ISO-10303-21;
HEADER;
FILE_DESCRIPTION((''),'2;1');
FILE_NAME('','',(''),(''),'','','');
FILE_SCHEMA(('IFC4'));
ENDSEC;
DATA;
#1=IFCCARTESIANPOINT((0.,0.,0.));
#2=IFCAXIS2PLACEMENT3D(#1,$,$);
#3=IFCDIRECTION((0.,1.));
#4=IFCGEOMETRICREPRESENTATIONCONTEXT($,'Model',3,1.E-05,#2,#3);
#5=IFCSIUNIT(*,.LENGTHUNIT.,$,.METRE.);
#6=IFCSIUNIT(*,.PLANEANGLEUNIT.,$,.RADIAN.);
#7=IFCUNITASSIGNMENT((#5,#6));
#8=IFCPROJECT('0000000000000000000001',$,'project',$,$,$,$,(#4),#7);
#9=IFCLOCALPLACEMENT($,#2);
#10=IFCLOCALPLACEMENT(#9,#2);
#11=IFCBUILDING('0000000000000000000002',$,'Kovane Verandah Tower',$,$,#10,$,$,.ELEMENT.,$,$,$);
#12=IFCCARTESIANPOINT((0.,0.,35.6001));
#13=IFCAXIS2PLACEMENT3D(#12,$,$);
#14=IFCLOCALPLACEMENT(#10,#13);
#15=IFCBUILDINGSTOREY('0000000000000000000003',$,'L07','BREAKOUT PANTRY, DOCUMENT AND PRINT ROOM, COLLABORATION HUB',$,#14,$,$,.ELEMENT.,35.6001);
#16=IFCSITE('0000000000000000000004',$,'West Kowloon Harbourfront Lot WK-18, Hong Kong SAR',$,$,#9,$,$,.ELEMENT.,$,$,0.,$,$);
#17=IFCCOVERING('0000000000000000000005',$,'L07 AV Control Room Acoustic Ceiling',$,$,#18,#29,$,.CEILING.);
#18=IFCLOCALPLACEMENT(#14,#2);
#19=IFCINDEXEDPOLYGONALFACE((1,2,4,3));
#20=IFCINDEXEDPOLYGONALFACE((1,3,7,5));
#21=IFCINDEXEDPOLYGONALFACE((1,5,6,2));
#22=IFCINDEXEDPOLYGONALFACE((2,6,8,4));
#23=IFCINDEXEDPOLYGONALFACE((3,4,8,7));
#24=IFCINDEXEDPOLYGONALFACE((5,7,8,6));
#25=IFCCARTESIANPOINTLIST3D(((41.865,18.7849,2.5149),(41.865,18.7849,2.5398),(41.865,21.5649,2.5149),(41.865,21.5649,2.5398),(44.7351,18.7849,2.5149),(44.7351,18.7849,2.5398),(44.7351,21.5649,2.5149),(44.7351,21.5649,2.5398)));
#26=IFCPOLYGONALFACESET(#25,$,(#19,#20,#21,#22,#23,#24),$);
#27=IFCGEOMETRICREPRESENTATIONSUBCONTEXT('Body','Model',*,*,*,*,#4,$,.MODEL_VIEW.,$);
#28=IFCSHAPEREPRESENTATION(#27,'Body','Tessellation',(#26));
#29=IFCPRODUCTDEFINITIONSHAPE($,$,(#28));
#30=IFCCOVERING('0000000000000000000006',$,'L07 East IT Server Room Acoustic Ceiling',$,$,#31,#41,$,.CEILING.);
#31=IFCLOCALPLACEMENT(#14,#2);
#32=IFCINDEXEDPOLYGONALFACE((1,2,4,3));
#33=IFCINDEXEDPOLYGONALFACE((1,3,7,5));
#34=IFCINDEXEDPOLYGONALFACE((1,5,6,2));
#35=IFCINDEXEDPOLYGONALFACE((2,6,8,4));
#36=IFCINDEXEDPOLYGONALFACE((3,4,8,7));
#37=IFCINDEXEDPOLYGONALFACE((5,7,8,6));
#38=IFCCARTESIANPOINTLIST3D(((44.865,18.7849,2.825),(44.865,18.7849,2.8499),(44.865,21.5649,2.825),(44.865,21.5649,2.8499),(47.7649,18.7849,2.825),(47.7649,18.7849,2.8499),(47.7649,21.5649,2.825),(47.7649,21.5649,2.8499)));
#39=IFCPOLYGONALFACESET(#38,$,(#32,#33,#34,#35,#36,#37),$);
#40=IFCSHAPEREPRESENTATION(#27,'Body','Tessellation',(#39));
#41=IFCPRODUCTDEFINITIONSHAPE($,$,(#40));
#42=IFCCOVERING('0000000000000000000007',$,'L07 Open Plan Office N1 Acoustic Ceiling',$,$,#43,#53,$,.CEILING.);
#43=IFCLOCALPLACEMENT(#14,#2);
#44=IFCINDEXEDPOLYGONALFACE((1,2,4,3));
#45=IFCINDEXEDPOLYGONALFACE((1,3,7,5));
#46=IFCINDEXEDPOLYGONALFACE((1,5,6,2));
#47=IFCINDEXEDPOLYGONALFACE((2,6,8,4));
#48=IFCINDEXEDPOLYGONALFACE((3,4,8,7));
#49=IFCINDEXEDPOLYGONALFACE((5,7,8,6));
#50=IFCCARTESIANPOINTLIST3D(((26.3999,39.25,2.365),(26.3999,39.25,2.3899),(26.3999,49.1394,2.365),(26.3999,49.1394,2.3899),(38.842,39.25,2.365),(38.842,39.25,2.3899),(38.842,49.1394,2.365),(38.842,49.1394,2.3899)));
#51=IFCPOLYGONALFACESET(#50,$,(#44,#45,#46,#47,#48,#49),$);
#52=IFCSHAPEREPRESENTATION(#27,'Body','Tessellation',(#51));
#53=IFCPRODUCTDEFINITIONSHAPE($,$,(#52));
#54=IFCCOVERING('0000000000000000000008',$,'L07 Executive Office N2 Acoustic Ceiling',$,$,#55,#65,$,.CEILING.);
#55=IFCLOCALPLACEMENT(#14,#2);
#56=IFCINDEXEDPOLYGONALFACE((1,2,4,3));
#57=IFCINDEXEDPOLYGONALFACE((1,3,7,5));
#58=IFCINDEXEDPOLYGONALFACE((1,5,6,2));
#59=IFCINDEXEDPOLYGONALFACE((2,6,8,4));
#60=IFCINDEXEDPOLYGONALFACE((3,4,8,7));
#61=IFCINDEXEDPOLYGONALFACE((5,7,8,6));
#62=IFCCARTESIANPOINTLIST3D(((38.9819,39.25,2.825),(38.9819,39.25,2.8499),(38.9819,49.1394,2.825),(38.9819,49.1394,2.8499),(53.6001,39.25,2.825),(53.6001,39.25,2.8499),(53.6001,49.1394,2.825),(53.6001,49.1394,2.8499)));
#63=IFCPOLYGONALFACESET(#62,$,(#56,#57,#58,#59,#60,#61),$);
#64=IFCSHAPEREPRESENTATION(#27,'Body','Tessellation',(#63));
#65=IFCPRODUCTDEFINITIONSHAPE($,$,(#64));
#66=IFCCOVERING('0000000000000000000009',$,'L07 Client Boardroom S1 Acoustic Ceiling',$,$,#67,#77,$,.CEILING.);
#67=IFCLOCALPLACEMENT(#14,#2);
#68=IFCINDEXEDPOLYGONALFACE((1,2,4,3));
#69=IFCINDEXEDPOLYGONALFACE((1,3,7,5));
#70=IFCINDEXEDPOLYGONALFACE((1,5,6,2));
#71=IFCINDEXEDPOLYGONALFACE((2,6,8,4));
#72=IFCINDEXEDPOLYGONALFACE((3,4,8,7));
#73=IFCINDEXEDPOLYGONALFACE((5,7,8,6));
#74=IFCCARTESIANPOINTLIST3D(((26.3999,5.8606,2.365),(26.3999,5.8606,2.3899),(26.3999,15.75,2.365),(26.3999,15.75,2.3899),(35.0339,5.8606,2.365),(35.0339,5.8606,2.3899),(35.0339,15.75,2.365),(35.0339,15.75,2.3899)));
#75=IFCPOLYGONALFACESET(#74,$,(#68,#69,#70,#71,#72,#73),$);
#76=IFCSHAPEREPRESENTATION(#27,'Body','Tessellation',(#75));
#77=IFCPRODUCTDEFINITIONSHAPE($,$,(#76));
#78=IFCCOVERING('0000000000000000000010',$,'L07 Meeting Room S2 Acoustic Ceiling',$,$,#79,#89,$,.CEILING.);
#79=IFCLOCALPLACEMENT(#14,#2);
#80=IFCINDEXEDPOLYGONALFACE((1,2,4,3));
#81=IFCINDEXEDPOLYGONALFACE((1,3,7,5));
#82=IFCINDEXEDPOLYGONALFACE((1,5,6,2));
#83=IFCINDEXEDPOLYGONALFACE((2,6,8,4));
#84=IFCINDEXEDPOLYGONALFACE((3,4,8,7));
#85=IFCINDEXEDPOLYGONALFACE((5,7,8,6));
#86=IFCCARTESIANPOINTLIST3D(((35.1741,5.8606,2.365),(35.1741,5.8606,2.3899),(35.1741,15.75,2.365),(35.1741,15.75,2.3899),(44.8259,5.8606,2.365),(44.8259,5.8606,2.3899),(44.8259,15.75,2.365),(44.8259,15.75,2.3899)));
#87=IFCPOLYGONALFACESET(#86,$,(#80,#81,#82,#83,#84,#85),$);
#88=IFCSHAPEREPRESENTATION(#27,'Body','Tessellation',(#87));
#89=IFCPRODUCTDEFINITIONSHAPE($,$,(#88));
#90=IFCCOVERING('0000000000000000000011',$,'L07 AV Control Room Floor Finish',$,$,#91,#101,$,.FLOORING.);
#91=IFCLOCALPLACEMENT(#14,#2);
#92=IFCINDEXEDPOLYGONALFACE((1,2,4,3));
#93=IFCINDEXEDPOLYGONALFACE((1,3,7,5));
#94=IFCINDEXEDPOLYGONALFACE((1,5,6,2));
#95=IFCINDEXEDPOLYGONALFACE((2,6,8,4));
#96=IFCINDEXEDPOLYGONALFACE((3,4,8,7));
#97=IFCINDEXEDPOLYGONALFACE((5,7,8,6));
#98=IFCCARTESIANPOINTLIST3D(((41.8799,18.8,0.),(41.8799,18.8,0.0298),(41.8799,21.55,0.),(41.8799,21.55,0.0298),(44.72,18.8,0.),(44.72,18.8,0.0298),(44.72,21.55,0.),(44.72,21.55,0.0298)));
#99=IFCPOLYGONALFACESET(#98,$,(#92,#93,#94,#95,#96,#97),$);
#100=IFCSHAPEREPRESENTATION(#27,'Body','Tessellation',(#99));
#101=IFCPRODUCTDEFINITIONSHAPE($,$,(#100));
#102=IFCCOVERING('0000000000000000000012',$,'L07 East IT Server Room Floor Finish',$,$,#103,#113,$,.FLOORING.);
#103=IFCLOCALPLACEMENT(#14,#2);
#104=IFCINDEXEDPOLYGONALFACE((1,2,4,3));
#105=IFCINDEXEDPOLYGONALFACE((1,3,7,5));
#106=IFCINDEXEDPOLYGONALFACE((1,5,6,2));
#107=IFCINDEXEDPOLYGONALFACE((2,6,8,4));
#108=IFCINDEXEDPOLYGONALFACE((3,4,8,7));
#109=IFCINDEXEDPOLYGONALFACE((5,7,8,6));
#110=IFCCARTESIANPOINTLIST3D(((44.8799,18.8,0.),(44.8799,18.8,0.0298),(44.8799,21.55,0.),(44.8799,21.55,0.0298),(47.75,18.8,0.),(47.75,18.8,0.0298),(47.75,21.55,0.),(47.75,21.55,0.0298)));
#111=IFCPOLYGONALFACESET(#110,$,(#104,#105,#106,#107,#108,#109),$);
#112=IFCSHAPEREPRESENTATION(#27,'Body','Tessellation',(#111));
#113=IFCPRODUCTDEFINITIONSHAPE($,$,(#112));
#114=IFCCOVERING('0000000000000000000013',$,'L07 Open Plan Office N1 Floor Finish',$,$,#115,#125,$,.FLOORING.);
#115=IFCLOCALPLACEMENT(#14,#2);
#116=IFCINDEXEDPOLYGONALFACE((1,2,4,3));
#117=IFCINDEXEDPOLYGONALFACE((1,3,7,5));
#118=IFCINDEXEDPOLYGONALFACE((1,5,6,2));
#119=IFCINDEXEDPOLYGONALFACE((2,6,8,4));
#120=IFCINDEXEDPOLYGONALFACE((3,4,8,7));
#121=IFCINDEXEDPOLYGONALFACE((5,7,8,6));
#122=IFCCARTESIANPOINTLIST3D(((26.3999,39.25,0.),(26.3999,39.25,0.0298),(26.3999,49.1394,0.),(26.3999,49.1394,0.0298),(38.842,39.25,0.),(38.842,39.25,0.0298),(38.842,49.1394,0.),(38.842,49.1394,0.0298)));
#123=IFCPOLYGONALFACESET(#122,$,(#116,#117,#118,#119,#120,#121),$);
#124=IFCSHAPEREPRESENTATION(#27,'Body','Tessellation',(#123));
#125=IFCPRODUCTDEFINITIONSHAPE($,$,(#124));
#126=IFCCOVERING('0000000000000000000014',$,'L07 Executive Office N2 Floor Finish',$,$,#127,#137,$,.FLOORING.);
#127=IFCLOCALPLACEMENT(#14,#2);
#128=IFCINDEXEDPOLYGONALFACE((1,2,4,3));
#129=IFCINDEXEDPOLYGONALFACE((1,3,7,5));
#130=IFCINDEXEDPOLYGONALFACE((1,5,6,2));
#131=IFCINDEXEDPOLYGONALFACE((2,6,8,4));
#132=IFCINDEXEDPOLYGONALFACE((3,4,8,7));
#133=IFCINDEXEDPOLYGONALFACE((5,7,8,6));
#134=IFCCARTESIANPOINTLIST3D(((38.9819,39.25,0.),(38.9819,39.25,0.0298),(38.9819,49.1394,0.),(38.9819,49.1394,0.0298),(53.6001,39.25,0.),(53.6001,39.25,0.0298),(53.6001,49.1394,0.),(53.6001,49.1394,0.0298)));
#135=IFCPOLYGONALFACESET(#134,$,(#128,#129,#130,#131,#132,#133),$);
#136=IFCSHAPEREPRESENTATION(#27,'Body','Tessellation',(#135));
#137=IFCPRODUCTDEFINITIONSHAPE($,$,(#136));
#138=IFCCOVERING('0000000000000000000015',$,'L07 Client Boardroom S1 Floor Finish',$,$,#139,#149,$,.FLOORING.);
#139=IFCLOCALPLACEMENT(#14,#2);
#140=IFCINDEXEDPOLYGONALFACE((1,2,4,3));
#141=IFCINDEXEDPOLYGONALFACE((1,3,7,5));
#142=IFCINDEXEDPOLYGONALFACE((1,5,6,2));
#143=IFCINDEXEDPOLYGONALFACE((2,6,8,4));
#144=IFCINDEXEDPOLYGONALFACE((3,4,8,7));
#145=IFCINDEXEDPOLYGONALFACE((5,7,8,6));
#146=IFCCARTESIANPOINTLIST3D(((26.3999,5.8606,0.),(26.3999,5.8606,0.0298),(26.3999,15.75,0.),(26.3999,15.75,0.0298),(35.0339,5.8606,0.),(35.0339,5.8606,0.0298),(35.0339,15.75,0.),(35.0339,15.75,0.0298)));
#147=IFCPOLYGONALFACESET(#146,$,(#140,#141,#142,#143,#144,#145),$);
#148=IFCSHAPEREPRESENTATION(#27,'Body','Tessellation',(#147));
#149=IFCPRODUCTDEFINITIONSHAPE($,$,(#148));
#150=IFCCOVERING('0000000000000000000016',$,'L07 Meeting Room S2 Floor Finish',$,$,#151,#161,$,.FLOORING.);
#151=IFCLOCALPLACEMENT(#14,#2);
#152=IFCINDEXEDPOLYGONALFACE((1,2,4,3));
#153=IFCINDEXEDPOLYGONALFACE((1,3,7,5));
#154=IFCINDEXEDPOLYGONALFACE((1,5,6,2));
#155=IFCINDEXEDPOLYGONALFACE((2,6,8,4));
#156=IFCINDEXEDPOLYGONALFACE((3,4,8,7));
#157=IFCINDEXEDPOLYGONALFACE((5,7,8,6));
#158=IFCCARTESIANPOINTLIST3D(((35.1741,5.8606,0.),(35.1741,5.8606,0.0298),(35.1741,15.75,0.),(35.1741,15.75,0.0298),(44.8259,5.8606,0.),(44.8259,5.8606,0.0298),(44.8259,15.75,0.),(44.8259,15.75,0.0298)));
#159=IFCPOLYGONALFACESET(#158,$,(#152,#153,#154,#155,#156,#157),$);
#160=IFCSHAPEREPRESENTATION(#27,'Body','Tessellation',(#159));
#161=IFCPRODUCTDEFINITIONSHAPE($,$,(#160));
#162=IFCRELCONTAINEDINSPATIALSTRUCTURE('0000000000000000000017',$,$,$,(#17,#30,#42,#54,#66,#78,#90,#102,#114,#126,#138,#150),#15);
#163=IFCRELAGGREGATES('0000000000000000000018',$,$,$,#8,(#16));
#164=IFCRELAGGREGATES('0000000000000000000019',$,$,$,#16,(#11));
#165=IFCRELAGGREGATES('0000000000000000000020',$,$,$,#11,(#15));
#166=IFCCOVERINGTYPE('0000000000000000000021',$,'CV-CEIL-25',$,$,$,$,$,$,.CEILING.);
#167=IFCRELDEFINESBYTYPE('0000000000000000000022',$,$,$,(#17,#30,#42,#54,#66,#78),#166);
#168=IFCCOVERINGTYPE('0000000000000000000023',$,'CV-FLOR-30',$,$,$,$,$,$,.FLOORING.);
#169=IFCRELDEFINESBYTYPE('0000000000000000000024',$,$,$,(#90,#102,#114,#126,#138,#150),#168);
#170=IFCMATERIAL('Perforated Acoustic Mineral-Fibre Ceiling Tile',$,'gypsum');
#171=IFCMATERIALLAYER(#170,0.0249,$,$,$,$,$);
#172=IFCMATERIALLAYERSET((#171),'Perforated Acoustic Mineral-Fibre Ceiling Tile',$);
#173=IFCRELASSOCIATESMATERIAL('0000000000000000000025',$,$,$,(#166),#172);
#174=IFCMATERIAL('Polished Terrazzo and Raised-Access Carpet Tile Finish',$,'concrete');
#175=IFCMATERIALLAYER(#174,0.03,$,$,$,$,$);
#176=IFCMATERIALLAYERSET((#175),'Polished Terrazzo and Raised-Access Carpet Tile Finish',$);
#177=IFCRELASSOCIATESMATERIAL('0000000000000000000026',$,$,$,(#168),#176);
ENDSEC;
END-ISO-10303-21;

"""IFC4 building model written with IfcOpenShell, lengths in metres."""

from ifc_helpers import new_model, si_unit, direction, frame, origin, place, context, subcontext, project, spatial, polyline, outline, extrude, material, layer, layer_set, type_object, element, save


model = new_model("IFC4")

# Units and contexts
model_context = context("Model", 3, precision=1e-05, world=origin(), true_north=direction((0.0, 1.0)))
body_context = subcontext(model_context, "Body", "Model", "MODEL_VIEW")
ifc_project = project(units=[si_unit("LENGTHUNIT", "METRE"), si_unit("PLANEANGLEUNIT", "RADIAN")], contexts=[model_context])

# Site, building, storey
site_placement = place(None, origin())
site = spatial("IfcSite", under=ifc_project, at=site_placement, Name="West Kowloon Harbourfront Lot WK-18, Hong Kong SAR", CompositionType="ELEMENT", RefElevation=0.0)
building_placement = place(site_placement, origin())
building = spatial("IfcBuilding", under=site, at=building_placement, Name="Kovane Verandah Tower", CompositionType="ELEMENT")
storey_placement = place(building_placement, frame((0.0, 0.0, 35.6001)))
storey = spatial("IfcBuildingStorey", under=building, at=storey_placement, Name="L07", Description="BREAKOUT PANTRY, DOCUMENT AND PRINT ROOM, COLLABORATION HUB", CompositionType="ELEMENT", Elevation=35.6001)

# Coverings
ifc_material_1 = material(Name="Perforated Acoustic Mineral-Fibre Ceiling Tile", Category="gypsum")
ifc_layer_1 = layer(ifc_material_1, 0.0249)
ifc_layer_set_1 = layer_set([ifc_layer_1], Name="Perforated Acoustic Mineral-Fibre Ceiling Tile")
covering_type_1 = type_object("IfcCoveringType", Name="CV-CEIL-25", PredefinedType="CEILING", material=ifc_layer_set_1)
covering_1_placement = place(storey_placement, frame((0.0, 0.0, 2.5149)))
element("IfcCovering", 1, at=covering_1_placement, inside=storey, type_object=covering_type_1, Name="L07 AV Control Room Acoustic Ceiling", PredefinedType="CEILING", context=body_context, shape_type="SweptSolid", body=[
    extrude(outline(polyline([(41.865, 18.7849), (44.7351, 18.7849), (44.7351, 21.5649), (41.865, 21.5649), (41.865, 18.7849)])), origin(), (0.0, 0.0, 1.0), 0.0249),
])
covering_2_placement = place(storey_placement, frame((0.0, 0.0, 2.825)))
element("IfcCovering", 2, at=covering_2_placement, inside=storey, type_object=covering_type_1, Name="L07 East IT Server Room Acoustic Ceiling", PredefinedType="CEILING", context=body_context, shape_type="SweptSolid", body=[
    extrude(outline(polyline([(44.865, 18.7849), (47.7649, 18.7849), (47.7649, 21.5649), (44.865, 21.5649), (44.865, 18.7849)])), origin(), (0.0, 0.0, 1.0), 0.0249),
])
covering_3_placement = place(storey_placement, frame((0.0, 0.0, 2.365)))
element("IfcCovering", 3, at=covering_3_placement, inside=storey, type_object=covering_type_1, Name="L07 Open Plan Office N1 Acoustic Ceiling", PredefinedType="CEILING", context=body_context, shape_type="SweptSolid", body=[
    extrude(outline(polyline([(26.3999, 39.25), (38.842, 39.25), (38.842, 49.1394), (26.3999, 49.1394), (26.3999, 39.25)])), origin(), (0.0, 0.0, 1.0), 0.0249),
])
covering_4_placement = place(storey_placement, frame((0.0, 0.0, 2.825)))
element("IfcCovering", 4, at=covering_4_placement, inside=storey, type_object=covering_type_1, Name="L07 Executive Office N2 Acoustic Ceiling", PredefinedType="CEILING", context=body_context, shape_type="SweptSolid", body=[
    extrude(outline(polyline([(38.9819, 39.25), (53.6001, 39.25), (53.6001, 49.1394), (38.9819, 49.1394), (38.9819, 39.25)])), origin(), (0.0, 0.0, 1.0), 0.0249),
])
covering_5_placement = place(storey_placement, frame((0.0, 0.0, 2.365)))
element("IfcCovering", 5, at=covering_5_placement, inside=storey, type_object=covering_type_1, Name="L07 Client Boardroom S1 Acoustic Ceiling", PredefinedType="CEILING", context=body_context, shape_type="SweptSolid", body=[
    extrude(outline(polyline([(26.3999, 5.8606), (35.0339, 5.8606), (35.0339, 15.75), (26.3999, 15.75), (26.3999, 5.8606)])), origin(), (0.0, 0.0, 1.0), 0.0249),
])
covering_6_placement = place(storey_placement, frame((0.0, 0.0, 2.365)))
element("IfcCovering", 6, at=covering_6_placement, inside=storey, type_object=covering_type_1, Name="L07 Meeting Room S2 Acoustic Ceiling", PredefinedType="CEILING", context=body_context, shape_type="SweptSolid", body=[
    extrude(outline(polyline([(35.1741, 5.8606), (44.8259, 5.8606), (44.8259, 15.75), (35.1741, 15.75), (35.1741, 5.8606)])), origin(), (0.0, 0.0, 1.0), 0.0249),
])
ifc_material_2 = material(Name="Polished Terrazzo and Raised-Access Carpet Tile Finish", Category="concrete")
ifc_layer_2 = layer(ifc_material_2, 0.03)
ifc_layer_set_2 = layer_set([ifc_layer_2], Name="Polished Terrazzo and Raised-Access Carpet Tile Finish")
covering_type_2 = type_object("IfcCoveringType", Name="CV-FLOR-30", PredefinedType="FLOORING", material=ifc_layer_set_2)
covering_7_placement = place(storey_placement, origin())
element("IfcCovering", 7, at=covering_7_placement, inside=storey, type_object=covering_type_2, Name="L07 AV Control Room Floor Finish", PredefinedType="FLOORING", context=body_context, shape_type="SweptSolid", body=[
    extrude(outline(polyline([(41.8799, 18.8), (44.72, 18.8), (44.72, 21.55), (41.8799, 21.55), (41.8799, 18.8)])), origin(), (0.0, 0.0, 1.0), 0.0298),
])
covering_8_placement = place(storey_placement, origin())
element("IfcCovering", 8, at=covering_8_placement, inside=storey, type_object=covering_type_2, Name="L07 East IT Server Room Floor Finish", PredefinedType="FLOORING", context=body_context, shape_type="SweptSolid", body=[
    extrude(outline(polyline([(44.8799, 18.8), (47.75, 18.8), (47.75, 21.55), (44.8799, 21.55), (44.8799, 18.8)])), origin(), (0.0, 0.0, 1.0), 0.0298),
])
covering_9_placement = place(storey_placement, origin())
element("IfcCovering", 9, at=covering_9_placement, inside=storey, type_object=covering_type_2, Name="L07 Open Plan Office N1 Floor Finish", PredefinedType="FLOORING", context=body_context, shape_type="SweptSolid", body=[
    extrude(outline(polyline([(26.3999, 39.25), (38.842, 39.25), (38.842, 49.1394), (26.3999, 49.1394), (26.3999, 39.25)])), origin(), (0.0, 0.0, 1.0), 0.0298),
])
covering_10_placement = place(storey_placement, origin())
element("IfcCovering", 10, at=covering_10_placement, inside=storey, type_object=covering_type_2, Name="L07 Executive Office N2 Floor Finish", PredefinedType="FLOORING", context=body_context, shape_type="SweptSolid", body=[
    extrude(outline(polyline([(38.9819, 39.25), (53.6001, 39.25), (53.6001, 49.1394), (38.9819, 49.1394), (38.9819, 39.25)])), origin(), (0.0, 0.0, 1.0), 0.0298),
])
covering_11_placement = place(storey_placement, origin())
element("IfcCovering", 11, at=covering_11_placement, inside=storey, type_object=covering_type_2, Name="L07 Client Boardroom S1 Floor Finish", PredefinedType="FLOORING", context=body_context, shape_type="SweptSolid", body=[
    extrude(outline(polyline([(26.3999, 5.8606), (35.0339, 5.8606), (35.0339, 15.75), (26.3999, 15.75), (26.3999, 5.8606)])), origin(), (0.0, 0.0, 1.0), 0.0298),
])
covering_12_placement = place(storey_placement, origin())
element("IfcCovering", 12, at=covering_12_placement, inside=storey, type_object=covering_type_2, Name="L07 Meeting Room S2 Floor Finish", PredefinedType="FLOORING", context=body_context, shape_type="SweptSolid", body=[
    extrude(outline(polyline([(35.1741, 5.8606), (44.8259, 5.8606), (44.8259, 15.75), (35.1741, 15.75), (35.1741, 5.8606)])), origin(), (0.0, 0.0, 1.0), 0.0298),
])

save(model, "model.ifc")
